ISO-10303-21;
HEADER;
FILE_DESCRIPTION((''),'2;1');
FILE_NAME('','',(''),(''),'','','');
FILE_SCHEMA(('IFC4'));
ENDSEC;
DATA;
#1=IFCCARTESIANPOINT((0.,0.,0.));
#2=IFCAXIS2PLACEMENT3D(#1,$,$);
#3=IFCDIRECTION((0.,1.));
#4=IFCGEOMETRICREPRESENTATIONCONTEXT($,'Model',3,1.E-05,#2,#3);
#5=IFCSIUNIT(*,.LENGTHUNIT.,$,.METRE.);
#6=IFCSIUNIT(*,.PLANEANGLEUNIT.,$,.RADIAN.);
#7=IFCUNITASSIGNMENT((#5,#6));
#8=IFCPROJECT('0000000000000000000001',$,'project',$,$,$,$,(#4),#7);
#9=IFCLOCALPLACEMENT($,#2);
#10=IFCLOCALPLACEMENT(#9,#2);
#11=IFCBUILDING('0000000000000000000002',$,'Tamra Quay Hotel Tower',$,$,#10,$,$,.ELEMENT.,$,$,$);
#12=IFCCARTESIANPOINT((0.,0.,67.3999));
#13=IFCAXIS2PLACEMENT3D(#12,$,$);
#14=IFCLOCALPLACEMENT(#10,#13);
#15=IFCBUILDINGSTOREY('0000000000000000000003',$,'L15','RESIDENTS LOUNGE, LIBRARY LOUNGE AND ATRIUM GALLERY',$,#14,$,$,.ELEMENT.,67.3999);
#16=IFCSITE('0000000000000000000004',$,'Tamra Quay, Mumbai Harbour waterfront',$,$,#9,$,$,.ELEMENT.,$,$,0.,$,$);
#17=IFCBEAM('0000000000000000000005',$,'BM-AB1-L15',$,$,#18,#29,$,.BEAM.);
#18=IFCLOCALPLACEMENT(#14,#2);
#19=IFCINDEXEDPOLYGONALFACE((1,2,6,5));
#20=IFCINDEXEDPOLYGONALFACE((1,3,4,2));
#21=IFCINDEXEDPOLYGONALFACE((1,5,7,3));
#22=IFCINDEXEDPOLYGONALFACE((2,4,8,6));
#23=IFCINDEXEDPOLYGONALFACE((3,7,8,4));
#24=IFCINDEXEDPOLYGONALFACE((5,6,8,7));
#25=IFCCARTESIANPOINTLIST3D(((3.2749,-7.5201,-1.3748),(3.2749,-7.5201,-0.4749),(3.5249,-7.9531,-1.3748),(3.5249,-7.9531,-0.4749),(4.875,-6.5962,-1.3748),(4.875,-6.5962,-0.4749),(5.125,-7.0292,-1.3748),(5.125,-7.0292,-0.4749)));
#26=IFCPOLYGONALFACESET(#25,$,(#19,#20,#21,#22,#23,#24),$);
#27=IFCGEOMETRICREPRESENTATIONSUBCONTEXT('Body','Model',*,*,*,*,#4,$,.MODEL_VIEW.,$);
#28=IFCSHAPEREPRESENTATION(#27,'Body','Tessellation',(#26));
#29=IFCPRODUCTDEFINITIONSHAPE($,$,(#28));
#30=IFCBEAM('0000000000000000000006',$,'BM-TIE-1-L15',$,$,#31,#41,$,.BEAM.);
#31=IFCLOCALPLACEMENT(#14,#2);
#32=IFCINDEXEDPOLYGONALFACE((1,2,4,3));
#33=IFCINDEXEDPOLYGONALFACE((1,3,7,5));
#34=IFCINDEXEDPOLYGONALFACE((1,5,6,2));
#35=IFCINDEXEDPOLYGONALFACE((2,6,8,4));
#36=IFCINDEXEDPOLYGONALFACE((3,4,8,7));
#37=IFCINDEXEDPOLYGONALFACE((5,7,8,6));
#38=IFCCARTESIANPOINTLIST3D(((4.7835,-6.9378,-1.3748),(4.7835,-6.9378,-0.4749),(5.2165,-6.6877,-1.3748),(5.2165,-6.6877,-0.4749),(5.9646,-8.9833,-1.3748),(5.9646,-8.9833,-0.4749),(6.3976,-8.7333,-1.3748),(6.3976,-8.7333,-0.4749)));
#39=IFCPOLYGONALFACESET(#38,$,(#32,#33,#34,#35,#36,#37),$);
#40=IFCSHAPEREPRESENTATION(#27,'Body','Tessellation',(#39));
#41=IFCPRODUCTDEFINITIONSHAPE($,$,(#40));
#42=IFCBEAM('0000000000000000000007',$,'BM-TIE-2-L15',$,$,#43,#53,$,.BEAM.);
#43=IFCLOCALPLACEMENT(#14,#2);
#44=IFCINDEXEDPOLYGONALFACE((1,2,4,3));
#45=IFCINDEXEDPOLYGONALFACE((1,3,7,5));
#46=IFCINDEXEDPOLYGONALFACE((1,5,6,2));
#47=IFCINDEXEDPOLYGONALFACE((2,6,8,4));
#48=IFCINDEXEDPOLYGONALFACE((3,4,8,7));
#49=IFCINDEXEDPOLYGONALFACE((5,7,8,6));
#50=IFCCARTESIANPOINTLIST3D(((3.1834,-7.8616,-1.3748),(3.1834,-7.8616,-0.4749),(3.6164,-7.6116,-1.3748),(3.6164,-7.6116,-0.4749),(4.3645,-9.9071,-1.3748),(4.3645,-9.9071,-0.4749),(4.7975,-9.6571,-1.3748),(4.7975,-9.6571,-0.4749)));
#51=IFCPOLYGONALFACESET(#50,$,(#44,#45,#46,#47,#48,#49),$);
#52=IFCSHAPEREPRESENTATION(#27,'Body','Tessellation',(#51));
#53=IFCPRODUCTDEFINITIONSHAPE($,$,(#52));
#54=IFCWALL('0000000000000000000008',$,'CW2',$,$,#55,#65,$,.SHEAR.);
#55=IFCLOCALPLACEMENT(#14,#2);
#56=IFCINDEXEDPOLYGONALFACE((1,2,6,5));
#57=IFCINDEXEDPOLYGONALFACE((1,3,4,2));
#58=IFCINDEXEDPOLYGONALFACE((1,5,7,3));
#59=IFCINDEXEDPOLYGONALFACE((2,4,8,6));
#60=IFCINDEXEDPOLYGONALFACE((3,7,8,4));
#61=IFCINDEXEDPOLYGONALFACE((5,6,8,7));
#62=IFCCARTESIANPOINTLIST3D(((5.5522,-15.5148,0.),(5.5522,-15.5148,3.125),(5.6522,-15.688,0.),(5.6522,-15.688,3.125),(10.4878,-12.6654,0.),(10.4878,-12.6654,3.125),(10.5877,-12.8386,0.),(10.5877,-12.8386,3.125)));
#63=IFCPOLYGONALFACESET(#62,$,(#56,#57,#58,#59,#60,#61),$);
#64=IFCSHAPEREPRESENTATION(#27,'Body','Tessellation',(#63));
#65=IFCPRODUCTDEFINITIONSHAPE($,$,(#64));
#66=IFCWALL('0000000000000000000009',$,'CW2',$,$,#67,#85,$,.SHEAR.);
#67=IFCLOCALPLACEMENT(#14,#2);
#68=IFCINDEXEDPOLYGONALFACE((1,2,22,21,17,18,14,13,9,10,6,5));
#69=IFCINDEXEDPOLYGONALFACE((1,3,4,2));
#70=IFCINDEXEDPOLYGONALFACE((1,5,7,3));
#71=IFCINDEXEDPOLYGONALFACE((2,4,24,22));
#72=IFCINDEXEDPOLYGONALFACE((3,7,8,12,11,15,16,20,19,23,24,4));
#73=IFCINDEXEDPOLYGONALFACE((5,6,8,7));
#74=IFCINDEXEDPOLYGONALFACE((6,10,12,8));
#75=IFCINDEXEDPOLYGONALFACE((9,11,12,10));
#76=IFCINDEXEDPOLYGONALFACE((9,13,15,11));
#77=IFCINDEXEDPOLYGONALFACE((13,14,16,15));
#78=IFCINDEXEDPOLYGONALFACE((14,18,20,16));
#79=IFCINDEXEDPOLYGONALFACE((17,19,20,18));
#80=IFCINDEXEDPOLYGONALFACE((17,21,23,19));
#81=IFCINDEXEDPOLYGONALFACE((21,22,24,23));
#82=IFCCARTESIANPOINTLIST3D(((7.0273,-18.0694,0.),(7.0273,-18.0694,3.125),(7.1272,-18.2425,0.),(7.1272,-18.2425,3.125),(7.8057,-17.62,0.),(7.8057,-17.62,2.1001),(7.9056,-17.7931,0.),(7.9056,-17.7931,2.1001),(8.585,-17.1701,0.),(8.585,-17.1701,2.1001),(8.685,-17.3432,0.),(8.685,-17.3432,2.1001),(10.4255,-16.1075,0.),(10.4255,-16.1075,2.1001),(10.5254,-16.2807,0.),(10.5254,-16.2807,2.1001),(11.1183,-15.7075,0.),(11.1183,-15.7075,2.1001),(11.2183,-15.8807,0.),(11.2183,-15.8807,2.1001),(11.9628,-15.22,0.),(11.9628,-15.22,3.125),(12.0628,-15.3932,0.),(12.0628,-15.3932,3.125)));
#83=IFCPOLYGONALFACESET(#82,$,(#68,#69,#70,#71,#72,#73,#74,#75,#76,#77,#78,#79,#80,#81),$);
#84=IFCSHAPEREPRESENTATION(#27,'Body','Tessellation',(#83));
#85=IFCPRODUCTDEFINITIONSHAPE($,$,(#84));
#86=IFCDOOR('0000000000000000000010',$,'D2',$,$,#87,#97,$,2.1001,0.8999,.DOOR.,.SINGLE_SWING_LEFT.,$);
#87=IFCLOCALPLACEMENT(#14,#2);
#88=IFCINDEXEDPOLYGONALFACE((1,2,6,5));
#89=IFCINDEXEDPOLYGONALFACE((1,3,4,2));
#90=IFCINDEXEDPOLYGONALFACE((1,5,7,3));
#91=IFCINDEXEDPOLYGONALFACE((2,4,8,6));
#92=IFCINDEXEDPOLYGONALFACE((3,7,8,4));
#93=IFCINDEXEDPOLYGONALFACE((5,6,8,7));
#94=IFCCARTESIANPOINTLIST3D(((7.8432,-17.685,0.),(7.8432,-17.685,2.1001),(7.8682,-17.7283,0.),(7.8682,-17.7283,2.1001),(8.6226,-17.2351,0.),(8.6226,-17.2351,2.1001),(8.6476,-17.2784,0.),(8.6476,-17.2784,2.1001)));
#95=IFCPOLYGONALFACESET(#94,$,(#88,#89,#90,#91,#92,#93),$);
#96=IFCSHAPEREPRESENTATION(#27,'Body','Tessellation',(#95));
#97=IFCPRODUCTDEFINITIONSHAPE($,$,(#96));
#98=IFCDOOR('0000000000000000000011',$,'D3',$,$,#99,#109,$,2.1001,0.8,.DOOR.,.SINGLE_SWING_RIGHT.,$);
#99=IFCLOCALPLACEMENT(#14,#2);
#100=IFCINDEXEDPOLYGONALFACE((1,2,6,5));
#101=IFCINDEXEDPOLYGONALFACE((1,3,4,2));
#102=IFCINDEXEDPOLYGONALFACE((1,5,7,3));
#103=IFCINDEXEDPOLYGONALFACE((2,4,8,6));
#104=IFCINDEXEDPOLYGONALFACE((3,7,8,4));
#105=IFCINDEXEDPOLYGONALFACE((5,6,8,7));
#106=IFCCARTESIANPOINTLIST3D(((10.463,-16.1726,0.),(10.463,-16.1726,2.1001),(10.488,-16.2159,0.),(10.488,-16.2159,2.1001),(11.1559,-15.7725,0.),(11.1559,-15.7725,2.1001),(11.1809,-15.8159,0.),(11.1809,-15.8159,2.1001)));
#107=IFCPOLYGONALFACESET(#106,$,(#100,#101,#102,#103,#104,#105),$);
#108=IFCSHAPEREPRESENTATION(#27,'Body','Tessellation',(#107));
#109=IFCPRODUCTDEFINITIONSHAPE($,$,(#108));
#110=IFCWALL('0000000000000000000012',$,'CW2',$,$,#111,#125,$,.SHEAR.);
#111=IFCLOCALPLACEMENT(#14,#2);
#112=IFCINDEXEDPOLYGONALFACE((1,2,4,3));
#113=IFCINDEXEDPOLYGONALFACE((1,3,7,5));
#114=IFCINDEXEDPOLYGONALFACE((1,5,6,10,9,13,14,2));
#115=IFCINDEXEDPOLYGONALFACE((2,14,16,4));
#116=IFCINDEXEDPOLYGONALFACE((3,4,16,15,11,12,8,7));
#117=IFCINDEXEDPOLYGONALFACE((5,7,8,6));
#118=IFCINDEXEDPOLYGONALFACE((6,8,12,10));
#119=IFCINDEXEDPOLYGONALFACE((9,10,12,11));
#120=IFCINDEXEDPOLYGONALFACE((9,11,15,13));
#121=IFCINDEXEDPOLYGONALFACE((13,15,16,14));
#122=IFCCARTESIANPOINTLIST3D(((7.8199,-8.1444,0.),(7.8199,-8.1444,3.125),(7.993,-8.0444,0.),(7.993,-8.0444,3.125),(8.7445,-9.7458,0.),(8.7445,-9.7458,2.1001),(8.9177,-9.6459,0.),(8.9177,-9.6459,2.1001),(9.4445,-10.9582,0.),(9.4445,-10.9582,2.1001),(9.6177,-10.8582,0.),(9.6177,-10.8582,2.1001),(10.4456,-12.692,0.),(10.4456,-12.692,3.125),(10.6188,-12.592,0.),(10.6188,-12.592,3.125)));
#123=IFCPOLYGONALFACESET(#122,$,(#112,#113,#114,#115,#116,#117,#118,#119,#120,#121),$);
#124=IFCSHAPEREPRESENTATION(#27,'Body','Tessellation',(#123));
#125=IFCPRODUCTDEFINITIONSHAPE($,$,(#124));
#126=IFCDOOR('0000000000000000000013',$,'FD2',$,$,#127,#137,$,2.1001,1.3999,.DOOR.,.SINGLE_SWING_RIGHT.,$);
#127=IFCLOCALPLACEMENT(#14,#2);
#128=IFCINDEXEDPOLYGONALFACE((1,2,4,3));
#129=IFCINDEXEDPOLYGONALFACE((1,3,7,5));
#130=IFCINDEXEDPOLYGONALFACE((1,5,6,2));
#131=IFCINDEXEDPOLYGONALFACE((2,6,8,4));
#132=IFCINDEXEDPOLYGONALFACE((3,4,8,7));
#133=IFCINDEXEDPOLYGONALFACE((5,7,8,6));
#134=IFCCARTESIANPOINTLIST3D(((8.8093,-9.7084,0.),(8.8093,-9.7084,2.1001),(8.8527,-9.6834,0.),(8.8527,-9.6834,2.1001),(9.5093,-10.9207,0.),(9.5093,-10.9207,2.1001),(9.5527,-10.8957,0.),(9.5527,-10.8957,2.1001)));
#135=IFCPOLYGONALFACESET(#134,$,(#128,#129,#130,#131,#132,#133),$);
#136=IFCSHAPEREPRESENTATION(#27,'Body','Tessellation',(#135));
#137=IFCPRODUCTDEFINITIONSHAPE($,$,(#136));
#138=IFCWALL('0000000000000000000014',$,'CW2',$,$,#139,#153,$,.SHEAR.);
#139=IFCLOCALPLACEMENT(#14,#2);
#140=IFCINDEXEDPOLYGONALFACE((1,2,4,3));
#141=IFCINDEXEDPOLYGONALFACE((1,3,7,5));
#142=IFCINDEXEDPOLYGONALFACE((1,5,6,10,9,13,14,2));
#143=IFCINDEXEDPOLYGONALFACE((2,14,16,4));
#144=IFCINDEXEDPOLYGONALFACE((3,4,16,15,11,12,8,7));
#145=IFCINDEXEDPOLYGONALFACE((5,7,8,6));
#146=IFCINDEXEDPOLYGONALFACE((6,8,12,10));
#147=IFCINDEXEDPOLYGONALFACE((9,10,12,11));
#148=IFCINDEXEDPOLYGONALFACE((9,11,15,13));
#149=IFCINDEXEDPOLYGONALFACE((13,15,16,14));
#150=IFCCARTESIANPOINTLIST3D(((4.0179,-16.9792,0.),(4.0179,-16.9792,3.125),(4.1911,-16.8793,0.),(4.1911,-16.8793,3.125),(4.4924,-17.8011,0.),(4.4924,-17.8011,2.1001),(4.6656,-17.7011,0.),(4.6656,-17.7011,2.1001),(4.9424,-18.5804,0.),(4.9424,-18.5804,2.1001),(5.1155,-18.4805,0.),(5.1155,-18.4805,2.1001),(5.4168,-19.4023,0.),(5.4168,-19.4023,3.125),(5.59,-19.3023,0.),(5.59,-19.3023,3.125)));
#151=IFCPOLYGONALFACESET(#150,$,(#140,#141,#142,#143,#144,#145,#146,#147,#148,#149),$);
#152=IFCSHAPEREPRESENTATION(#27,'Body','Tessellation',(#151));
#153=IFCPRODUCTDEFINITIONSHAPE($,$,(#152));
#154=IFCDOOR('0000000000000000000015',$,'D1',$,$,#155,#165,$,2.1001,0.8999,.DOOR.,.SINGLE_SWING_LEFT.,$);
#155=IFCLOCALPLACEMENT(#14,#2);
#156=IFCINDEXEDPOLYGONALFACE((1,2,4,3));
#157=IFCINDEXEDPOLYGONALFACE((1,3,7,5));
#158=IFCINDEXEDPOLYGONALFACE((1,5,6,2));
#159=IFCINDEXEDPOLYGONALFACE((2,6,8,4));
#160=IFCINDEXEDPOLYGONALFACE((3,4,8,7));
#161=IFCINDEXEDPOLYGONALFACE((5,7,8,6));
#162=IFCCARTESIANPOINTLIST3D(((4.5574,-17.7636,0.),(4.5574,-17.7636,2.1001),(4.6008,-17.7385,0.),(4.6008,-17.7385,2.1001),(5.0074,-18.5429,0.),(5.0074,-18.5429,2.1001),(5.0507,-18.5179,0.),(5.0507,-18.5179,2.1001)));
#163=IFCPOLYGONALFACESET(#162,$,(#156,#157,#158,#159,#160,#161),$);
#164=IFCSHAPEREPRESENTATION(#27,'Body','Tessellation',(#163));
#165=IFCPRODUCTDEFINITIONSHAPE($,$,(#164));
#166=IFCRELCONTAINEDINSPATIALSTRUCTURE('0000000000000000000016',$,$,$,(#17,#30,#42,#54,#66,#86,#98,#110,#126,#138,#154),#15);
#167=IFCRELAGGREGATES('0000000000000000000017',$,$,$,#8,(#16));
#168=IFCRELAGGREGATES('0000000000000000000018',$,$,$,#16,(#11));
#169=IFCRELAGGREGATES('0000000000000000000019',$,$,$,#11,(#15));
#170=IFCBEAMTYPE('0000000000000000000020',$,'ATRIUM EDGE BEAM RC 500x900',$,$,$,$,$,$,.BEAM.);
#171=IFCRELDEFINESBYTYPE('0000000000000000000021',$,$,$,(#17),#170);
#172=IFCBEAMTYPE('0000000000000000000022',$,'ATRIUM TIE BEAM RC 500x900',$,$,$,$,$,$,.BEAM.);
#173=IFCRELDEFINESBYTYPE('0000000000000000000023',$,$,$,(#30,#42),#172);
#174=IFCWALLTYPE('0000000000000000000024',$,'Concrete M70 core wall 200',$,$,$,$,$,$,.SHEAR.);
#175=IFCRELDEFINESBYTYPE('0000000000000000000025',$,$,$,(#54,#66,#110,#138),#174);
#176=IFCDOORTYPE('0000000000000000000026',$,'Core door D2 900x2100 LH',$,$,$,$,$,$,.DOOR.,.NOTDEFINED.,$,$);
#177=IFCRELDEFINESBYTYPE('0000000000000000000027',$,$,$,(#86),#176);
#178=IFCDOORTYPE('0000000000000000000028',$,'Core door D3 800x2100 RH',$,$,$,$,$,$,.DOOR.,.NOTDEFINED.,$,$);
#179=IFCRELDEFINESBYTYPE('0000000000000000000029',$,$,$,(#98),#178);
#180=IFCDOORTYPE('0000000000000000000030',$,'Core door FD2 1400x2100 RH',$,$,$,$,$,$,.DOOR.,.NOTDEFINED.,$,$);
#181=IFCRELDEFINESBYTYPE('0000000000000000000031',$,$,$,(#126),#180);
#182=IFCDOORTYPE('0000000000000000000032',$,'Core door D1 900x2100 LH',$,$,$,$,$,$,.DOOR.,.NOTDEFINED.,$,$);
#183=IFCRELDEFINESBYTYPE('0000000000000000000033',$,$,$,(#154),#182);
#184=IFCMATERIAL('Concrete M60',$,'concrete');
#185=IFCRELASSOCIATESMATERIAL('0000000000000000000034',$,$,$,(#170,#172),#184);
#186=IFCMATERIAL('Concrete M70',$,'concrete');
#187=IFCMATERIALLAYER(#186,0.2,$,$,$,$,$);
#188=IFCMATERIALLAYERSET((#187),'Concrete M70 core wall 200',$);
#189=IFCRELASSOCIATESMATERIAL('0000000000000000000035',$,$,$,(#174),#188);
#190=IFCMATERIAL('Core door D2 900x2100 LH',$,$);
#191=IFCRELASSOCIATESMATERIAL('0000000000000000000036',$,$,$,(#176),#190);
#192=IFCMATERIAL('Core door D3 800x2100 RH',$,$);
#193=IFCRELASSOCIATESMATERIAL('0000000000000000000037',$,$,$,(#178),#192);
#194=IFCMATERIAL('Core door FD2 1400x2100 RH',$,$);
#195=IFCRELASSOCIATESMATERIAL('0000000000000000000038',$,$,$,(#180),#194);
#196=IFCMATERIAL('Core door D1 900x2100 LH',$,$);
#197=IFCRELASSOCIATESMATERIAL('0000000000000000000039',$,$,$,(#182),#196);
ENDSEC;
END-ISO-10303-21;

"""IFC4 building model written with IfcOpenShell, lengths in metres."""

from ifc_helpers import new_model, si_unit, direction, frame, frame_2d, origin, origin_2d, place, context, subcontext, project, spatial, rectangle, extrude, material, layer, layer_set, material_profile, profile_set, type_object, element, fill, save


model = new_model("IFC4")

# Units and contexts
model_context = context("Model", 3, precision=1e-05, world=origin(), true_north=direction((0.0, 1.0)))
body_context = subcontext(model_context, "Body", "Model", "MODEL_VIEW")
ifc_project = project(units=[si_unit("LENGTHUNIT", "METRE"), si_unit("PLANEANGLEUNIT", "RADIAN")], contexts=[model_context])

# Site, building, storey
site_placement = place(None, origin())
site = spatial("IfcSite", under=ifc_project, at=site_placement, Name="Tamra Quay, Mumbai Harbour waterfront", CompositionType="ELEMENT", RefElevation=0.0)
building_placement = place(site_placement, origin())
building = spatial("IfcBuilding", under=site, at=building_placement, Name="Tamra Quay Hotel Tower", CompositionType="ELEMENT")
storey_placement = place(building_placement, frame((0.0, 0.0, 67.3999)))
storey = spatial("IfcBuildingStorey", under=building, at=storey_placement, Name="L15", Description="RESIDENTS LOUNGE, LIBRARY LOUNGE AND ATRIUM GALLERY", CompositionType="ELEMENT", Elevation=67.3999)

# Beams
ifc_material_1 = material(Name="Concrete M60", Category="concrete")
ifc_material_profile_1 = material_profile(ifc_material_1, rectangle(XDim=0.5, YDim=0.8999, at=origin_2d()), Name="ATRIUM EDGE BEAM RC 500x900")
ifc_profile_set_1 = profile_set([ifc_material_profile_1], Name="Concrete M60")
beam_type_1 = type_object("IfcBeamType", Name="ATRIUM EDGE BEAM RC 500x900", PredefinedType="BEAM", material=ifc_profile_set_1)
beam_placement = place(storey_placement, frame((5.0, -6.8127, -0.9248), z_axis=(-0.866023, -0.500005, 0.0), x_axis=(0.500005, -0.866023, 0.0)))
element("IfcBeam", 1, at=beam_placement, inside=storey, type_object=beam_type_1, Name="BM-AB1-L15", PredefinedType="BEAM", context=body_context, shape_type="SweptSolid", body=[
    extrude(rectangle(XDim=0.5, YDim=0.8999, at=origin_2d()), origin(), (0.0, 0.0, 1.0), 1.8477),
])
ifc_material_profile_2 = material_profile(ifc_material_1, rectangle(XDim=0.5, YDim=0.8999, at=origin_2d()), Name="ATRIUM TIE BEAM RC 500x900")
ifc_profile_set_2 = profile_set([ifc_material_profile_2], Name="Concrete M60")
beam_type_2 = type_object("IfcBeamType", Name="ATRIUM TIE BEAM RC 500x900", PredefinedType="BEAM", material=ifc_profile_set_2)
for number, where, z_axis, x_axis, name in (
    (2, (5.0, -6.8127, -0.9248), (0.50003, -0.866008, 0.0), (0.866008, 0.50003, 0.0), "BM-TIE-1-L15"),
    (3, (3.3999, -7.7366, -0.9248), (0.50003, -0.866008, 0.0), (0.866008, 0.50003, 0.0), "BM-TIE-2-L15"),
):
    element("IfcBeam", number, at=place(storey_placement, frame(where, z_axis=z_axis, x_axis=x_axis)), inside=storey, type_object=beam_type_2, Name=name, PredefinedType="BEAM", context=body_context, shape_type="SweptSolid", body=[
        extrude(rectangle(XDim=0.5, YDim=0.8999, at=origin_2d()), origin(), (0.0, 0.0, 1.0), 2.3621),
    ])

# Wall
ifc_material_2 = material(Name="Concrete M70", Category="concrete")
ifc_layer_1 = layer(ifc_material_2, 0.2)
ifc_layer_set_1 = layer_set([ifc_layer_1], Name="Concrete M70 core wall 200")
wall_type_1 = type_object("IfcWallType", Name="Concrete M70 core wall 200", PredefinedType="SHEAR", material=ifc_layer_set_1)
wall_1_placement = place(storey_placement, frame((10.5378, -12.752, 0.0), z_axis=(0.0, 0.0, 1.0), x_axis=(-0.866039, -0.499977, 0.0)))
element("IfcWall", 4, at=wall_1_placement, inside=storey, type_object=wall_type_1, Name="CW2", PredefinedType="SHEAR", context=body_context, shape_type="SweptSolid", body=[
    extrude(rectangle(XDim=5.699, YDim=0.2, at=frame_2d((2.8496, 0.0))), origin(), (0.0, 0.0, 1.0), 3.125),
])

# Wall, openings, doors
wall_2_placement = place(storey_placement, frame((7.0771, -18.156, 0.0), z_axis=(0.0, 0.0, 1.0), x_axis=(0.866039, 0.499977, 0.0)))
wall_2 = element("IfcWall", 5, at=wall_2_placement, inside=storey, type_object=wall_type_1, Name="CW2", PredefinedType="SHEAR", context=body_context, shape_type="SweptSolid", body=[
    extrude(rectangle(XDim=5.699, YDim=0.2, at=frame_2d((2.8496, 0.0))), origin(), (0.0, 0.0, 1.0), 3.125),
])
opening_1_placement = place(wall_2_placement, frame((0.8989, 0.0, 0.0)))
opening_1 = element("IfcOpeningElement", 6, at=opening_1_placement, cuts=wall_2, PredefinedType="OPENING", context=body_context, shape_type="SweptSolid", body=[
    extrude(rectangle(XDim=0.8999, YDim=2.1001, at=frame_2d((0.45, 1.05))), frame((0.0, 0.1099, 0.0), z_axis=(0.0, -1.0, 0.0), x_axis=(1.0, 0.0, 0.0)), (0.0, 0.0, 1.0), 0.22),
])
opening_2_placement = place(wall_2_placement, frame((3.9241, 0.0, 0.0)))
opening_2 = element("IfcOpeningElement", 7, at=opening_2_placement, cuts=wall_2, PredefinedType="OPENING", context=body_context, shape_type="SweptSolid", body=[
    extrude(rectangle(XDim=0.8, YDim=2.1001, at=frame_2d((0.3999, 1.05))), frame((0.0, 0.1099, 0.0), z_axis=(0.0, -1.0, 0.0), x_axis=(1.0, 0.0, 0.0)), (0.0, 0.0, 1.0), 0.22),
])
ifc_material_3 = material(Name="Core door D2 900x2100 LH")
door_type_1 = type_object("IfcDoorType", Name="Core door D2 900x2100 LH", OperationType="NOTDEFINED", PredefinedType="DOOR", material=ifc_material_3)
door_1_placement = place(opening_1_placement, origin())
door_1 = element("IfcDoor", 8, at=door_1_placement, inside=storey, type_object=door_type_1, Name="D2", OperationType="SINGLE_SWING_LEFT", OverallHeight=2.1001, OverallWidth=0.8999, PredefinedType="DOOR", context=body_context, shape_type="SweptSolid", body=[
    extrude(rectangle(XDim=0.8999, YDim=2.1001, at=frame_2d((0.45, 1.05))), frame((0.0, 0.0249, 0.0), z_axis=(0.0, -1.0, 0.0), x_axis=(1.0, 0.0, 0.0)), (0.0, 0.0, 1.0), 0.05),
])
fill(opening_1, door_1)
ifc_material_4 = material(Name="Core door D3 800x2100 RH")
door_type_2 = type_object("IfcDoorType", Name="Core door D3 800x2100 RH", OperationType="NOTDEFINED", PredefinedType="DOOR", material=ifc_material_4)
door_2_placement = place(opening_2_placement, origin())
door_2 = element("IfcDoor", 9, at=door_2_placement, inside=storey, type_object=door_type_2, Name="D3", OperationType="SINGLE_SWING_RIGHT", OverallHeight=2.1001, OverallWidth=0.8, PredefinedType="DOOR", context=body_context, shape_type="SweptSolid", body=[
    extrude(rectangle(XDim=0.8, YDim=2.1001, at=frame_2d((0.3999, 1.05))), frame((0.0, 0.0249, 0.0), z_axis=(0.0, -1.0, 0.0), x_axis=(1.0, 0.0, 0.0)), (0.0, 0.0, 1.0), 0.05),
])
fill(opening_2, door_2)

# Walls, openings, doors
wall_3_placement = place(storey_placement, frame((7.9065, -8.0945, 0.0), z_axis=(0.0, 0.0, 1.0), x_axis=(0.500024, -0.866011, 0.0)))
wall_3 = element("IfcWall", 10, at=wall_3_placement, inside=storey, type_object=wall_type_1, Name="CW2", PredefinedType="SHEAR", context=body_context, shape_type="SweptSolid", body=[
    extrude(rectangle(XDim=5.2512, YDim=0.2, at=frame_2d((2.6255, 0.0))), origin(), (0.0, 0.0, 1.0), 3.125),
])
opening_3_placement = place(wall_3_placement, frame((1.8491, 0.0, 0.0)))
opening_3 = element("IfcOpeningElement", 11, at=opening_3_placement, cuts=wall_3, PredefinedType="OPENING", context=body_context, shape_type="SweptSolid", body=[
    extrude(rectangle(XDim=1.3999, YDim=2.1001, at=frame_2d((0.7, 1.05))), frame((0.0, 0.1099, 0.0), z_axis=(0.0, -1.0, 0.0), x_axis=(1.0, 0.0, 0.0)), (0.0, 0.0, 1.0), 0.22),
])
ifc_material_5 = material(Name="Core door FD2 1400x2100 RH")
door_type_3 = type_object("IfcDoorType", Name="Core door FD2 1400x2100 RH", OperationType="NOTDEFINED", PredefinedType="DOOR", material=ifc_material_5)
door_3_placement = place(opening_3_placement, origin())
door_3 = element("IfcDoor", 12, at=door_3_placement, inside=storey, type_object=door_type_3, Name="FD2", OperationType="SINGLE_SWING_RIGHT", OverallHeight=2.1001, OverallWidth=1.3999, PredefinedType="DOOR", context=body_context, shape_type="SweptSolid", body=[
    extrude(rectangle(XDim=1.3999, YDim=2.1001, at=frame_2d((0.7, 1.05))), frame((0.0, 0.0249, 0.0), z_axis=(0.0, -1.0, 0.0), x_axis=(1.0, 0.0, 0.0)), (0.0, 0.0, 1.0), 0.05),
])
fill(opening_3, door_3)
wall_4_placement = place(storey_placement, frame((5.5034, -19.3523, 0.0), z_axis=(0.0, 0.0, 1.0), x_axis=(-0.499987, 0.866033, 0.0)))
wall_4 = element("IfcWall", 13, at=wall_4_placement, inside=storey, type_object=wall_type_1, Name="CW2", PredefinedType="SHEAR", context=body_context, shape_type="SweptSolid", body=[
    extrude(rectangle(XDim=2.7979, YDim=0.2, at=frame_2d((1.3989, 0.0))), origin(), (0.0, 0.0, 1.0), 3.125),
])
opening_4_placement = place(wall_4_placement, frame((0.949, 0.0, 0.0)))
opening_4 = element("IfcOpeningElement", 14, at=opening_4_placement, cuts=wall_4, PredefinedType="OPENING", context=body_context, shape_type="SweptSolid", body=[
    extrude(rectangle(XDim=0.8999, YDim=2.1001, at=frame_2d((0.45, 1.05))), frame((0.0, 0.1099, 0.0), z_axis=(0.0, -1.0, 0.0), x_axis=(1.0, 0.0, 0.0)), (0.0, 0.0, 1.0), 0.22),
])
ifc_material_6 = material(Name="Core door D1 900x2100 LH")
door_type_4 = type_object("IfcDoorType", Name="Core door D1 900x2100 LH", OperationType="NOTDEFINED", PredefinedType="DOOR", material=ifc_material_6)
door_4_placement = place(opening_4_placement, origin())
door_4 = element("IfcDoor", 15, at=door_4_placement, inside=storey, type_object=door_type_4, Name="D1", OperationType="SINGLE_SWING_LEFT", OverallHeight=2.1001, OverallWidth=0.8999, PredefinedType="DOOR", context=body_context, shape_type="SweptSolid", body=[
    extrude(rectangle(XDim=0.8999, YDim=2.1001, at=frame_2d((0.45, 1.05))), frame((0.0, 0.0249, 0.0), z_axis=(0.0, -1.0, 0.0), x_axis=(1.0, 0.0, 0.0)), (0.0, 0.0, 1.0), 0.05),
])
fill(opening_4, door_4)

save(model, "model.ifc")
